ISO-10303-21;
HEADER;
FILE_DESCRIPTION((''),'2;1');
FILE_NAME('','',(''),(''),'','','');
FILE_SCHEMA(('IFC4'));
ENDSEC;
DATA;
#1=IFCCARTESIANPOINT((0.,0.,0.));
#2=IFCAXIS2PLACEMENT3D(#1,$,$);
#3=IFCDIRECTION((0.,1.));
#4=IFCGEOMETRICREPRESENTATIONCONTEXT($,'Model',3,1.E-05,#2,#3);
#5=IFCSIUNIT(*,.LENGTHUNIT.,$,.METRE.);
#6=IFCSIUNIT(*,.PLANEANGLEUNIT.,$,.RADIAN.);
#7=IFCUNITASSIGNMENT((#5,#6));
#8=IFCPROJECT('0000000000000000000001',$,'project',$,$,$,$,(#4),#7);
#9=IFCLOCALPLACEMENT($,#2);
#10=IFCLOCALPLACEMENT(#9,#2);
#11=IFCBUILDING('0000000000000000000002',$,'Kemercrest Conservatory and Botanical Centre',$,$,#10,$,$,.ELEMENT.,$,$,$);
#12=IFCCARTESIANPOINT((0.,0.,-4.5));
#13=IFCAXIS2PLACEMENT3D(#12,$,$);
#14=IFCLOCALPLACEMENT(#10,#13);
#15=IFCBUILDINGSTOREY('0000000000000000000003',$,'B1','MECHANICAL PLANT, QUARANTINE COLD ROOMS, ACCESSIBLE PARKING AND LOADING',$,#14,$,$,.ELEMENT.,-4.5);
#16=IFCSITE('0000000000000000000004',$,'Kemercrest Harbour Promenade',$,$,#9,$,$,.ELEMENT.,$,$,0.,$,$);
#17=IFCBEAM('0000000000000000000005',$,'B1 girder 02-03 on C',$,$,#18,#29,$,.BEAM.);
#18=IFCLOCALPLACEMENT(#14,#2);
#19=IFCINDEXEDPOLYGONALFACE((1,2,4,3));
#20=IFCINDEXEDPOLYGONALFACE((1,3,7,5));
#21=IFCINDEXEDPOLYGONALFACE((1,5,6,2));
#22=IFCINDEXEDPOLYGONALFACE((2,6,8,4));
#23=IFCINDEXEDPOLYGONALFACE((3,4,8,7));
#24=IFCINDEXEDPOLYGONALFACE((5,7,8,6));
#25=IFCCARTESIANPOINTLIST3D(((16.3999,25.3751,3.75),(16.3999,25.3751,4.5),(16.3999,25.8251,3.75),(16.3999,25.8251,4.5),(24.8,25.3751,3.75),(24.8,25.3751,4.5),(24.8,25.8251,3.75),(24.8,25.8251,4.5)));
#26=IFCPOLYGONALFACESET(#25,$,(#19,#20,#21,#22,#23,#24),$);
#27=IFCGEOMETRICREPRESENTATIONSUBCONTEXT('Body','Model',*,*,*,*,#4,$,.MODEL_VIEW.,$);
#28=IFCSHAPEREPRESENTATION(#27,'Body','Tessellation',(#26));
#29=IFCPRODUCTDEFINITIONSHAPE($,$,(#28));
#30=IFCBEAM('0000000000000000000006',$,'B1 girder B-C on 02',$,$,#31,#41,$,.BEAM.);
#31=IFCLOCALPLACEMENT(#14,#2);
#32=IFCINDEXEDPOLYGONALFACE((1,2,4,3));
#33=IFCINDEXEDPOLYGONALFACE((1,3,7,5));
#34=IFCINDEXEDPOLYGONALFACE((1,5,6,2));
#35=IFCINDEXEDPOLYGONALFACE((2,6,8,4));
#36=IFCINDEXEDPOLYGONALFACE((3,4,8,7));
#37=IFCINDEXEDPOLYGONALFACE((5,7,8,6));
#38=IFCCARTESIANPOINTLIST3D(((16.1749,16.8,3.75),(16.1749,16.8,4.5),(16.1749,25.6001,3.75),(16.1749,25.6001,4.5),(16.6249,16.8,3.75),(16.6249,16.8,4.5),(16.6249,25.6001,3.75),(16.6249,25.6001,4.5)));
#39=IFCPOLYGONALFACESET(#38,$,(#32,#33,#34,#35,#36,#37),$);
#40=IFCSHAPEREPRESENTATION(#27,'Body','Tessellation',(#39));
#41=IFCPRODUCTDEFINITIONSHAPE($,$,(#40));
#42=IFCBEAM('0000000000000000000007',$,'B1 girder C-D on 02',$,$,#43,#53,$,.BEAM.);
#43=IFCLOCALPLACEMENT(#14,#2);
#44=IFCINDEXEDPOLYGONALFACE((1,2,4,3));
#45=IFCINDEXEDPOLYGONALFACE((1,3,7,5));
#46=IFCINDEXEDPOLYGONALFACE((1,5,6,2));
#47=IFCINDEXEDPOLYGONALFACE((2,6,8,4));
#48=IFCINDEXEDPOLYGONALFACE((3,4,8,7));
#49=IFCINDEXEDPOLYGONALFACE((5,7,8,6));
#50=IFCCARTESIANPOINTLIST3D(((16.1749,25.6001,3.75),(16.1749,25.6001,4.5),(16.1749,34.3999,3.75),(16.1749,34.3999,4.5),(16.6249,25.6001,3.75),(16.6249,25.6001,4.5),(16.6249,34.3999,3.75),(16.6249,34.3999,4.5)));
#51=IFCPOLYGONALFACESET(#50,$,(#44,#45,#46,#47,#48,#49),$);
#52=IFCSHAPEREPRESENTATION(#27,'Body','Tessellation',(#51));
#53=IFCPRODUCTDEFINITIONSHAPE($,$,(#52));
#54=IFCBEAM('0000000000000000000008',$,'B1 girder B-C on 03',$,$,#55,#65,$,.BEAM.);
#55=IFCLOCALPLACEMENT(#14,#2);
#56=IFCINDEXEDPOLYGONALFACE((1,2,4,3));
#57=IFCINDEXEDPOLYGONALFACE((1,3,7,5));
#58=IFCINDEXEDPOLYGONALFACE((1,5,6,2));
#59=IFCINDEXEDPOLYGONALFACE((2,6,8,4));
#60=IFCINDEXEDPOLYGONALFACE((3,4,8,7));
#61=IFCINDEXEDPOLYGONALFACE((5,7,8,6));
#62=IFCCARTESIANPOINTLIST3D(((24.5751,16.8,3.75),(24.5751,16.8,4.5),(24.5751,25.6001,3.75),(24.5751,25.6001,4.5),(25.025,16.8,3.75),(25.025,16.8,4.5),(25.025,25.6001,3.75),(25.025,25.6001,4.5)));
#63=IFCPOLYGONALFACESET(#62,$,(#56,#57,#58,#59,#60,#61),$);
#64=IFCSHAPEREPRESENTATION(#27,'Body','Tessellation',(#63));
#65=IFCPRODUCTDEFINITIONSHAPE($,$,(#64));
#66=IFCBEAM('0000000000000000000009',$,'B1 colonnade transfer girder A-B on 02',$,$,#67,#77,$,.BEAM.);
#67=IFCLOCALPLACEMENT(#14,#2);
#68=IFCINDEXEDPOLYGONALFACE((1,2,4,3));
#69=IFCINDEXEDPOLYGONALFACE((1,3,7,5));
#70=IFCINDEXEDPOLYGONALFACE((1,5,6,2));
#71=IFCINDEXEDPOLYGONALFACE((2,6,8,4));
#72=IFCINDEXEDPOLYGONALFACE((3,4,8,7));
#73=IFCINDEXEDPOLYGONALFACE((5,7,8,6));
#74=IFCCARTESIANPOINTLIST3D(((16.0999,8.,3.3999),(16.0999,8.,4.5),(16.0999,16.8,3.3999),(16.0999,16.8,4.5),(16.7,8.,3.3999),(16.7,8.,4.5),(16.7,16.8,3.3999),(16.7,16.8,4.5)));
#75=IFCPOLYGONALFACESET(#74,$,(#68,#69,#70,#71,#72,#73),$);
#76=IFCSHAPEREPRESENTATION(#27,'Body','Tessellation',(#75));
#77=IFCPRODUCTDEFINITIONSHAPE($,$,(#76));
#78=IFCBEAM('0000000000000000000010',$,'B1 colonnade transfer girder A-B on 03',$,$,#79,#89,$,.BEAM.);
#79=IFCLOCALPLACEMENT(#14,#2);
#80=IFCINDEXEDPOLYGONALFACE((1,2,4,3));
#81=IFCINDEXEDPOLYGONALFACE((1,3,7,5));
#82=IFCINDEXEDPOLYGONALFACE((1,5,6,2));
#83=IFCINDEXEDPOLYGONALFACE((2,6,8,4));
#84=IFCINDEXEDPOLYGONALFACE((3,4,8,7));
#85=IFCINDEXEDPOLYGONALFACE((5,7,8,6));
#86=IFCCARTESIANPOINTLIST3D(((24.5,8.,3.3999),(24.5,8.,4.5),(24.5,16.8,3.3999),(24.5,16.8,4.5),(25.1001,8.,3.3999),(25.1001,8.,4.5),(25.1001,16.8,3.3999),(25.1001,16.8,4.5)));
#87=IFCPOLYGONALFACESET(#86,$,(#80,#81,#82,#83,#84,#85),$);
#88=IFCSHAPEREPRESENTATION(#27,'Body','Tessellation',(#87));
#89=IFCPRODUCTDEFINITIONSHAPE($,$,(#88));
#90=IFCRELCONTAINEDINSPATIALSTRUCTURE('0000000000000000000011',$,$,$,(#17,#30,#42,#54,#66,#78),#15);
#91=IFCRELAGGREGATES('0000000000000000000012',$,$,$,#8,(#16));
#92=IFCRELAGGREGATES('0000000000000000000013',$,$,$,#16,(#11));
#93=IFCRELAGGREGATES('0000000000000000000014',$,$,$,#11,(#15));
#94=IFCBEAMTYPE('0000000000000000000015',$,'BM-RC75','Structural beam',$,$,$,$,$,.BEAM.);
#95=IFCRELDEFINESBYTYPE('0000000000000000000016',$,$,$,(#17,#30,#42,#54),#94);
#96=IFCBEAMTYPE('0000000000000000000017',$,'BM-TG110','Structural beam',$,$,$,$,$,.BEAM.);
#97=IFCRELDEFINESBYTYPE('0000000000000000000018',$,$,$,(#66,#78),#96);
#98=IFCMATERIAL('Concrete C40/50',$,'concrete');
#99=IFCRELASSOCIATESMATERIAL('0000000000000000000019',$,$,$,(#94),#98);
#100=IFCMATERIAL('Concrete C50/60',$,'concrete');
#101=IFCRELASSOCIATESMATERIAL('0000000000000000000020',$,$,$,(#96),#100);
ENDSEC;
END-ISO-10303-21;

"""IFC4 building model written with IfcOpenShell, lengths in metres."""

from ifc_helpers import new_model, si_unit, direction, frame, origin, origin_2d, place, context, subcontext, project, spatial, rectangle, extrude, material, material_profile, profile_set, type_object, element, save


model = new_model("IFC4")

# Units and contexts
model_context = context("Model", 3, precision=1e-05, world=origin(), true_north=direction((0.0, 1.0)))
body_context = subcontext(model_context, "Body", "Model", "MODEL_VIEW")
ifc_project = project(units=[si_unit("LENGTHUNIT", "METRE"), si_unit("PLANEANGLEUNIT", "RADIAN")], contexts=[model_context])

# Site, building, storey
site_placement = place(None, origin())
site = spatial("IfcSite", under=ifc_project, at=site_placement, Name="Kemercrest Harbour Promenade", CompositionType="ELEMENT", RefElevation=0.0)
building_placement = place(site_placement, origin())
building = spatial("IfcBuilding", under=site, at=building_placement, Name="Kemercrest Conservatory and Botanical Centre", CompositionType="ELEMENT")
storey_placement = place(building_placement, frame((0.0, 0.0, -4.5)))
storey = spatial("IfcBuildingStorey", under=building, at=storey_placement, Name="B1", Description="MECHANICAL PLANT, QUARANTINE COLD ROOMS, ACCESSIBLE PARKING AND LOADING", CompositionType="ELEMENT", Elevation=-4.5)

# Shared definitions
ifc_material_1 = material(Name="Concrete C40/50", Category="concrete")

# Shared definitions
ifc_material_2 = material(Name="Concrete C50/60", Category="concrete")

# Beams
ifc_material_profile_1 = material_profile(ifc_material_1, rectangle(XDim=0.45, YDim=0.75, at=origin_2d()), Name="RC 450x750")
ifc_profile_set_1 = profile_set([ifc_material_profile_1], Name="Concrete C40/50")
beam_type_1 = type_object("IfcBeamType", Name="BM-RC75", Description="Structural beam", PredefinedType="BEAM", material=ifc_profile_set_1)
beam_1_placement = place(storey_placement, frame((16.3999, 25.6001, 4.125), z_axis=(1.0, 0.0, 0.0), x_axis=(0.0, 1.0, 0.0)))
element("IfcBeam", 1, at=beam_1_placement, inside=storey, type_object=beam_type_1, Name="B1 girder 02-03 on C", PredefinedType="BEAM", context=body_context, shape_type="SweptSolid", body=[
    extrude(rectangle(XDim=0.45, YDim=0.75, at=origin_2d()), origin(), (0.0, 0.0, 1.0), 8.4001),
])
beam_2_placement = place(storey_placement, frame((16.3999, 16.8, 4.125), z_axis=(0.0, 1.0, 0.0), x_axis=(-1.0, 0.0, 0.0)))
element("IfcBeam", 2, at=beam_2_placement, inside=storey, type_object=beam_type_1, Name="B1 girder B-C on 02", PredefinedType="BEAM", context=body_context, shape_type="SweptSolid", body=[
    extrude(rectangle(XDim=0.45, YDim=0.75, at=origin_2d()), origin(), (0.0, 0.0, 1.0), 8.8),
])
beam_3_placement = place(storey_placement, frame((16.3999, 25.6001, 4.125), z_axis=(0.0, 1.0, 0.0), x_axis=(-1.0, 0.0, 0.0)))
element("IfcBeam", 3, at=beam_3_placement, inside=storey, type_object=beam_type_1, Name="B1 girder C-D on 02", PredefinedType="BEAM", context=body_context, shape_type="SweptSolid", body=[
    extrude(rectangle(XDim=0.45, YDim=0.75, at=origin_2d()), origin(), (0.0, 0.0, 1.0), 8.7998),
])
beam_4_placement = place(storey_placement, frame((24.8, 16.8, 4.125), z_axis=(0.0, 1.0, 0.0), x_axis=(-1.0, 0.0, 0.0)))
element("IfcBeam", 4, at=beam_4_placement, inside=storey, type_object=beam_type_1, Name="B1 girder B-C on 03", PredefinedType="BEAM", context=body_context, shape_type="SweptSolid", body=[
    extrude(rectangle(XDim=0.45, YDim=0.75, at=origin_2d()), origin(), (0.0, 0.0, 1.0), 8.8),
])
ifc_material_profile_2 = material_profile(ifc_material_2, rectangle(XDim=0.6001, YDim=1.1001, at=origin_2d()), Name="RC 600x1100")
ifc_profile_set_2 = profile_set([ifc_material_profile_2], Name="Concrete C50/60")
beam_type_2 = type_object("IfcBeamType", Name="BM-TG110", Description="Structural beam", PredefinedType="BEAM", material=ifc_profile_set_2)
for number, where, z_axis, x_axis, name in (
    (5, (16.3999, 8.0, 3.95), (0.0, 1.0, 0.0), (-1.0, 0.0, 0.0), "B1 colonnade transfer girder A-B on 02"),
    (6, (24.8, 8.0, 3.95), (0.0, 1.0, 0.0), (-1.0, 0.0, 0.0), "B1 colonnade transfer girder A-B on 03"),
):
    element("IfcBeam", number, at=place(storey_placement, frame(where, z_axis=z_axis, x_axis=x_axis)), inside=storey, type_object=beam_type_2, Name=name, PredefinedType="BEAM", context=body_context, shape_type="SweptSolid", body=[
        extrude(rectangle(XDim=0.6001, YDim=1.1001, at=origin_2d()), origin(), (0.0, 0.0, 1.0), 8.8),
    ])

save(model, "model.ifc")
